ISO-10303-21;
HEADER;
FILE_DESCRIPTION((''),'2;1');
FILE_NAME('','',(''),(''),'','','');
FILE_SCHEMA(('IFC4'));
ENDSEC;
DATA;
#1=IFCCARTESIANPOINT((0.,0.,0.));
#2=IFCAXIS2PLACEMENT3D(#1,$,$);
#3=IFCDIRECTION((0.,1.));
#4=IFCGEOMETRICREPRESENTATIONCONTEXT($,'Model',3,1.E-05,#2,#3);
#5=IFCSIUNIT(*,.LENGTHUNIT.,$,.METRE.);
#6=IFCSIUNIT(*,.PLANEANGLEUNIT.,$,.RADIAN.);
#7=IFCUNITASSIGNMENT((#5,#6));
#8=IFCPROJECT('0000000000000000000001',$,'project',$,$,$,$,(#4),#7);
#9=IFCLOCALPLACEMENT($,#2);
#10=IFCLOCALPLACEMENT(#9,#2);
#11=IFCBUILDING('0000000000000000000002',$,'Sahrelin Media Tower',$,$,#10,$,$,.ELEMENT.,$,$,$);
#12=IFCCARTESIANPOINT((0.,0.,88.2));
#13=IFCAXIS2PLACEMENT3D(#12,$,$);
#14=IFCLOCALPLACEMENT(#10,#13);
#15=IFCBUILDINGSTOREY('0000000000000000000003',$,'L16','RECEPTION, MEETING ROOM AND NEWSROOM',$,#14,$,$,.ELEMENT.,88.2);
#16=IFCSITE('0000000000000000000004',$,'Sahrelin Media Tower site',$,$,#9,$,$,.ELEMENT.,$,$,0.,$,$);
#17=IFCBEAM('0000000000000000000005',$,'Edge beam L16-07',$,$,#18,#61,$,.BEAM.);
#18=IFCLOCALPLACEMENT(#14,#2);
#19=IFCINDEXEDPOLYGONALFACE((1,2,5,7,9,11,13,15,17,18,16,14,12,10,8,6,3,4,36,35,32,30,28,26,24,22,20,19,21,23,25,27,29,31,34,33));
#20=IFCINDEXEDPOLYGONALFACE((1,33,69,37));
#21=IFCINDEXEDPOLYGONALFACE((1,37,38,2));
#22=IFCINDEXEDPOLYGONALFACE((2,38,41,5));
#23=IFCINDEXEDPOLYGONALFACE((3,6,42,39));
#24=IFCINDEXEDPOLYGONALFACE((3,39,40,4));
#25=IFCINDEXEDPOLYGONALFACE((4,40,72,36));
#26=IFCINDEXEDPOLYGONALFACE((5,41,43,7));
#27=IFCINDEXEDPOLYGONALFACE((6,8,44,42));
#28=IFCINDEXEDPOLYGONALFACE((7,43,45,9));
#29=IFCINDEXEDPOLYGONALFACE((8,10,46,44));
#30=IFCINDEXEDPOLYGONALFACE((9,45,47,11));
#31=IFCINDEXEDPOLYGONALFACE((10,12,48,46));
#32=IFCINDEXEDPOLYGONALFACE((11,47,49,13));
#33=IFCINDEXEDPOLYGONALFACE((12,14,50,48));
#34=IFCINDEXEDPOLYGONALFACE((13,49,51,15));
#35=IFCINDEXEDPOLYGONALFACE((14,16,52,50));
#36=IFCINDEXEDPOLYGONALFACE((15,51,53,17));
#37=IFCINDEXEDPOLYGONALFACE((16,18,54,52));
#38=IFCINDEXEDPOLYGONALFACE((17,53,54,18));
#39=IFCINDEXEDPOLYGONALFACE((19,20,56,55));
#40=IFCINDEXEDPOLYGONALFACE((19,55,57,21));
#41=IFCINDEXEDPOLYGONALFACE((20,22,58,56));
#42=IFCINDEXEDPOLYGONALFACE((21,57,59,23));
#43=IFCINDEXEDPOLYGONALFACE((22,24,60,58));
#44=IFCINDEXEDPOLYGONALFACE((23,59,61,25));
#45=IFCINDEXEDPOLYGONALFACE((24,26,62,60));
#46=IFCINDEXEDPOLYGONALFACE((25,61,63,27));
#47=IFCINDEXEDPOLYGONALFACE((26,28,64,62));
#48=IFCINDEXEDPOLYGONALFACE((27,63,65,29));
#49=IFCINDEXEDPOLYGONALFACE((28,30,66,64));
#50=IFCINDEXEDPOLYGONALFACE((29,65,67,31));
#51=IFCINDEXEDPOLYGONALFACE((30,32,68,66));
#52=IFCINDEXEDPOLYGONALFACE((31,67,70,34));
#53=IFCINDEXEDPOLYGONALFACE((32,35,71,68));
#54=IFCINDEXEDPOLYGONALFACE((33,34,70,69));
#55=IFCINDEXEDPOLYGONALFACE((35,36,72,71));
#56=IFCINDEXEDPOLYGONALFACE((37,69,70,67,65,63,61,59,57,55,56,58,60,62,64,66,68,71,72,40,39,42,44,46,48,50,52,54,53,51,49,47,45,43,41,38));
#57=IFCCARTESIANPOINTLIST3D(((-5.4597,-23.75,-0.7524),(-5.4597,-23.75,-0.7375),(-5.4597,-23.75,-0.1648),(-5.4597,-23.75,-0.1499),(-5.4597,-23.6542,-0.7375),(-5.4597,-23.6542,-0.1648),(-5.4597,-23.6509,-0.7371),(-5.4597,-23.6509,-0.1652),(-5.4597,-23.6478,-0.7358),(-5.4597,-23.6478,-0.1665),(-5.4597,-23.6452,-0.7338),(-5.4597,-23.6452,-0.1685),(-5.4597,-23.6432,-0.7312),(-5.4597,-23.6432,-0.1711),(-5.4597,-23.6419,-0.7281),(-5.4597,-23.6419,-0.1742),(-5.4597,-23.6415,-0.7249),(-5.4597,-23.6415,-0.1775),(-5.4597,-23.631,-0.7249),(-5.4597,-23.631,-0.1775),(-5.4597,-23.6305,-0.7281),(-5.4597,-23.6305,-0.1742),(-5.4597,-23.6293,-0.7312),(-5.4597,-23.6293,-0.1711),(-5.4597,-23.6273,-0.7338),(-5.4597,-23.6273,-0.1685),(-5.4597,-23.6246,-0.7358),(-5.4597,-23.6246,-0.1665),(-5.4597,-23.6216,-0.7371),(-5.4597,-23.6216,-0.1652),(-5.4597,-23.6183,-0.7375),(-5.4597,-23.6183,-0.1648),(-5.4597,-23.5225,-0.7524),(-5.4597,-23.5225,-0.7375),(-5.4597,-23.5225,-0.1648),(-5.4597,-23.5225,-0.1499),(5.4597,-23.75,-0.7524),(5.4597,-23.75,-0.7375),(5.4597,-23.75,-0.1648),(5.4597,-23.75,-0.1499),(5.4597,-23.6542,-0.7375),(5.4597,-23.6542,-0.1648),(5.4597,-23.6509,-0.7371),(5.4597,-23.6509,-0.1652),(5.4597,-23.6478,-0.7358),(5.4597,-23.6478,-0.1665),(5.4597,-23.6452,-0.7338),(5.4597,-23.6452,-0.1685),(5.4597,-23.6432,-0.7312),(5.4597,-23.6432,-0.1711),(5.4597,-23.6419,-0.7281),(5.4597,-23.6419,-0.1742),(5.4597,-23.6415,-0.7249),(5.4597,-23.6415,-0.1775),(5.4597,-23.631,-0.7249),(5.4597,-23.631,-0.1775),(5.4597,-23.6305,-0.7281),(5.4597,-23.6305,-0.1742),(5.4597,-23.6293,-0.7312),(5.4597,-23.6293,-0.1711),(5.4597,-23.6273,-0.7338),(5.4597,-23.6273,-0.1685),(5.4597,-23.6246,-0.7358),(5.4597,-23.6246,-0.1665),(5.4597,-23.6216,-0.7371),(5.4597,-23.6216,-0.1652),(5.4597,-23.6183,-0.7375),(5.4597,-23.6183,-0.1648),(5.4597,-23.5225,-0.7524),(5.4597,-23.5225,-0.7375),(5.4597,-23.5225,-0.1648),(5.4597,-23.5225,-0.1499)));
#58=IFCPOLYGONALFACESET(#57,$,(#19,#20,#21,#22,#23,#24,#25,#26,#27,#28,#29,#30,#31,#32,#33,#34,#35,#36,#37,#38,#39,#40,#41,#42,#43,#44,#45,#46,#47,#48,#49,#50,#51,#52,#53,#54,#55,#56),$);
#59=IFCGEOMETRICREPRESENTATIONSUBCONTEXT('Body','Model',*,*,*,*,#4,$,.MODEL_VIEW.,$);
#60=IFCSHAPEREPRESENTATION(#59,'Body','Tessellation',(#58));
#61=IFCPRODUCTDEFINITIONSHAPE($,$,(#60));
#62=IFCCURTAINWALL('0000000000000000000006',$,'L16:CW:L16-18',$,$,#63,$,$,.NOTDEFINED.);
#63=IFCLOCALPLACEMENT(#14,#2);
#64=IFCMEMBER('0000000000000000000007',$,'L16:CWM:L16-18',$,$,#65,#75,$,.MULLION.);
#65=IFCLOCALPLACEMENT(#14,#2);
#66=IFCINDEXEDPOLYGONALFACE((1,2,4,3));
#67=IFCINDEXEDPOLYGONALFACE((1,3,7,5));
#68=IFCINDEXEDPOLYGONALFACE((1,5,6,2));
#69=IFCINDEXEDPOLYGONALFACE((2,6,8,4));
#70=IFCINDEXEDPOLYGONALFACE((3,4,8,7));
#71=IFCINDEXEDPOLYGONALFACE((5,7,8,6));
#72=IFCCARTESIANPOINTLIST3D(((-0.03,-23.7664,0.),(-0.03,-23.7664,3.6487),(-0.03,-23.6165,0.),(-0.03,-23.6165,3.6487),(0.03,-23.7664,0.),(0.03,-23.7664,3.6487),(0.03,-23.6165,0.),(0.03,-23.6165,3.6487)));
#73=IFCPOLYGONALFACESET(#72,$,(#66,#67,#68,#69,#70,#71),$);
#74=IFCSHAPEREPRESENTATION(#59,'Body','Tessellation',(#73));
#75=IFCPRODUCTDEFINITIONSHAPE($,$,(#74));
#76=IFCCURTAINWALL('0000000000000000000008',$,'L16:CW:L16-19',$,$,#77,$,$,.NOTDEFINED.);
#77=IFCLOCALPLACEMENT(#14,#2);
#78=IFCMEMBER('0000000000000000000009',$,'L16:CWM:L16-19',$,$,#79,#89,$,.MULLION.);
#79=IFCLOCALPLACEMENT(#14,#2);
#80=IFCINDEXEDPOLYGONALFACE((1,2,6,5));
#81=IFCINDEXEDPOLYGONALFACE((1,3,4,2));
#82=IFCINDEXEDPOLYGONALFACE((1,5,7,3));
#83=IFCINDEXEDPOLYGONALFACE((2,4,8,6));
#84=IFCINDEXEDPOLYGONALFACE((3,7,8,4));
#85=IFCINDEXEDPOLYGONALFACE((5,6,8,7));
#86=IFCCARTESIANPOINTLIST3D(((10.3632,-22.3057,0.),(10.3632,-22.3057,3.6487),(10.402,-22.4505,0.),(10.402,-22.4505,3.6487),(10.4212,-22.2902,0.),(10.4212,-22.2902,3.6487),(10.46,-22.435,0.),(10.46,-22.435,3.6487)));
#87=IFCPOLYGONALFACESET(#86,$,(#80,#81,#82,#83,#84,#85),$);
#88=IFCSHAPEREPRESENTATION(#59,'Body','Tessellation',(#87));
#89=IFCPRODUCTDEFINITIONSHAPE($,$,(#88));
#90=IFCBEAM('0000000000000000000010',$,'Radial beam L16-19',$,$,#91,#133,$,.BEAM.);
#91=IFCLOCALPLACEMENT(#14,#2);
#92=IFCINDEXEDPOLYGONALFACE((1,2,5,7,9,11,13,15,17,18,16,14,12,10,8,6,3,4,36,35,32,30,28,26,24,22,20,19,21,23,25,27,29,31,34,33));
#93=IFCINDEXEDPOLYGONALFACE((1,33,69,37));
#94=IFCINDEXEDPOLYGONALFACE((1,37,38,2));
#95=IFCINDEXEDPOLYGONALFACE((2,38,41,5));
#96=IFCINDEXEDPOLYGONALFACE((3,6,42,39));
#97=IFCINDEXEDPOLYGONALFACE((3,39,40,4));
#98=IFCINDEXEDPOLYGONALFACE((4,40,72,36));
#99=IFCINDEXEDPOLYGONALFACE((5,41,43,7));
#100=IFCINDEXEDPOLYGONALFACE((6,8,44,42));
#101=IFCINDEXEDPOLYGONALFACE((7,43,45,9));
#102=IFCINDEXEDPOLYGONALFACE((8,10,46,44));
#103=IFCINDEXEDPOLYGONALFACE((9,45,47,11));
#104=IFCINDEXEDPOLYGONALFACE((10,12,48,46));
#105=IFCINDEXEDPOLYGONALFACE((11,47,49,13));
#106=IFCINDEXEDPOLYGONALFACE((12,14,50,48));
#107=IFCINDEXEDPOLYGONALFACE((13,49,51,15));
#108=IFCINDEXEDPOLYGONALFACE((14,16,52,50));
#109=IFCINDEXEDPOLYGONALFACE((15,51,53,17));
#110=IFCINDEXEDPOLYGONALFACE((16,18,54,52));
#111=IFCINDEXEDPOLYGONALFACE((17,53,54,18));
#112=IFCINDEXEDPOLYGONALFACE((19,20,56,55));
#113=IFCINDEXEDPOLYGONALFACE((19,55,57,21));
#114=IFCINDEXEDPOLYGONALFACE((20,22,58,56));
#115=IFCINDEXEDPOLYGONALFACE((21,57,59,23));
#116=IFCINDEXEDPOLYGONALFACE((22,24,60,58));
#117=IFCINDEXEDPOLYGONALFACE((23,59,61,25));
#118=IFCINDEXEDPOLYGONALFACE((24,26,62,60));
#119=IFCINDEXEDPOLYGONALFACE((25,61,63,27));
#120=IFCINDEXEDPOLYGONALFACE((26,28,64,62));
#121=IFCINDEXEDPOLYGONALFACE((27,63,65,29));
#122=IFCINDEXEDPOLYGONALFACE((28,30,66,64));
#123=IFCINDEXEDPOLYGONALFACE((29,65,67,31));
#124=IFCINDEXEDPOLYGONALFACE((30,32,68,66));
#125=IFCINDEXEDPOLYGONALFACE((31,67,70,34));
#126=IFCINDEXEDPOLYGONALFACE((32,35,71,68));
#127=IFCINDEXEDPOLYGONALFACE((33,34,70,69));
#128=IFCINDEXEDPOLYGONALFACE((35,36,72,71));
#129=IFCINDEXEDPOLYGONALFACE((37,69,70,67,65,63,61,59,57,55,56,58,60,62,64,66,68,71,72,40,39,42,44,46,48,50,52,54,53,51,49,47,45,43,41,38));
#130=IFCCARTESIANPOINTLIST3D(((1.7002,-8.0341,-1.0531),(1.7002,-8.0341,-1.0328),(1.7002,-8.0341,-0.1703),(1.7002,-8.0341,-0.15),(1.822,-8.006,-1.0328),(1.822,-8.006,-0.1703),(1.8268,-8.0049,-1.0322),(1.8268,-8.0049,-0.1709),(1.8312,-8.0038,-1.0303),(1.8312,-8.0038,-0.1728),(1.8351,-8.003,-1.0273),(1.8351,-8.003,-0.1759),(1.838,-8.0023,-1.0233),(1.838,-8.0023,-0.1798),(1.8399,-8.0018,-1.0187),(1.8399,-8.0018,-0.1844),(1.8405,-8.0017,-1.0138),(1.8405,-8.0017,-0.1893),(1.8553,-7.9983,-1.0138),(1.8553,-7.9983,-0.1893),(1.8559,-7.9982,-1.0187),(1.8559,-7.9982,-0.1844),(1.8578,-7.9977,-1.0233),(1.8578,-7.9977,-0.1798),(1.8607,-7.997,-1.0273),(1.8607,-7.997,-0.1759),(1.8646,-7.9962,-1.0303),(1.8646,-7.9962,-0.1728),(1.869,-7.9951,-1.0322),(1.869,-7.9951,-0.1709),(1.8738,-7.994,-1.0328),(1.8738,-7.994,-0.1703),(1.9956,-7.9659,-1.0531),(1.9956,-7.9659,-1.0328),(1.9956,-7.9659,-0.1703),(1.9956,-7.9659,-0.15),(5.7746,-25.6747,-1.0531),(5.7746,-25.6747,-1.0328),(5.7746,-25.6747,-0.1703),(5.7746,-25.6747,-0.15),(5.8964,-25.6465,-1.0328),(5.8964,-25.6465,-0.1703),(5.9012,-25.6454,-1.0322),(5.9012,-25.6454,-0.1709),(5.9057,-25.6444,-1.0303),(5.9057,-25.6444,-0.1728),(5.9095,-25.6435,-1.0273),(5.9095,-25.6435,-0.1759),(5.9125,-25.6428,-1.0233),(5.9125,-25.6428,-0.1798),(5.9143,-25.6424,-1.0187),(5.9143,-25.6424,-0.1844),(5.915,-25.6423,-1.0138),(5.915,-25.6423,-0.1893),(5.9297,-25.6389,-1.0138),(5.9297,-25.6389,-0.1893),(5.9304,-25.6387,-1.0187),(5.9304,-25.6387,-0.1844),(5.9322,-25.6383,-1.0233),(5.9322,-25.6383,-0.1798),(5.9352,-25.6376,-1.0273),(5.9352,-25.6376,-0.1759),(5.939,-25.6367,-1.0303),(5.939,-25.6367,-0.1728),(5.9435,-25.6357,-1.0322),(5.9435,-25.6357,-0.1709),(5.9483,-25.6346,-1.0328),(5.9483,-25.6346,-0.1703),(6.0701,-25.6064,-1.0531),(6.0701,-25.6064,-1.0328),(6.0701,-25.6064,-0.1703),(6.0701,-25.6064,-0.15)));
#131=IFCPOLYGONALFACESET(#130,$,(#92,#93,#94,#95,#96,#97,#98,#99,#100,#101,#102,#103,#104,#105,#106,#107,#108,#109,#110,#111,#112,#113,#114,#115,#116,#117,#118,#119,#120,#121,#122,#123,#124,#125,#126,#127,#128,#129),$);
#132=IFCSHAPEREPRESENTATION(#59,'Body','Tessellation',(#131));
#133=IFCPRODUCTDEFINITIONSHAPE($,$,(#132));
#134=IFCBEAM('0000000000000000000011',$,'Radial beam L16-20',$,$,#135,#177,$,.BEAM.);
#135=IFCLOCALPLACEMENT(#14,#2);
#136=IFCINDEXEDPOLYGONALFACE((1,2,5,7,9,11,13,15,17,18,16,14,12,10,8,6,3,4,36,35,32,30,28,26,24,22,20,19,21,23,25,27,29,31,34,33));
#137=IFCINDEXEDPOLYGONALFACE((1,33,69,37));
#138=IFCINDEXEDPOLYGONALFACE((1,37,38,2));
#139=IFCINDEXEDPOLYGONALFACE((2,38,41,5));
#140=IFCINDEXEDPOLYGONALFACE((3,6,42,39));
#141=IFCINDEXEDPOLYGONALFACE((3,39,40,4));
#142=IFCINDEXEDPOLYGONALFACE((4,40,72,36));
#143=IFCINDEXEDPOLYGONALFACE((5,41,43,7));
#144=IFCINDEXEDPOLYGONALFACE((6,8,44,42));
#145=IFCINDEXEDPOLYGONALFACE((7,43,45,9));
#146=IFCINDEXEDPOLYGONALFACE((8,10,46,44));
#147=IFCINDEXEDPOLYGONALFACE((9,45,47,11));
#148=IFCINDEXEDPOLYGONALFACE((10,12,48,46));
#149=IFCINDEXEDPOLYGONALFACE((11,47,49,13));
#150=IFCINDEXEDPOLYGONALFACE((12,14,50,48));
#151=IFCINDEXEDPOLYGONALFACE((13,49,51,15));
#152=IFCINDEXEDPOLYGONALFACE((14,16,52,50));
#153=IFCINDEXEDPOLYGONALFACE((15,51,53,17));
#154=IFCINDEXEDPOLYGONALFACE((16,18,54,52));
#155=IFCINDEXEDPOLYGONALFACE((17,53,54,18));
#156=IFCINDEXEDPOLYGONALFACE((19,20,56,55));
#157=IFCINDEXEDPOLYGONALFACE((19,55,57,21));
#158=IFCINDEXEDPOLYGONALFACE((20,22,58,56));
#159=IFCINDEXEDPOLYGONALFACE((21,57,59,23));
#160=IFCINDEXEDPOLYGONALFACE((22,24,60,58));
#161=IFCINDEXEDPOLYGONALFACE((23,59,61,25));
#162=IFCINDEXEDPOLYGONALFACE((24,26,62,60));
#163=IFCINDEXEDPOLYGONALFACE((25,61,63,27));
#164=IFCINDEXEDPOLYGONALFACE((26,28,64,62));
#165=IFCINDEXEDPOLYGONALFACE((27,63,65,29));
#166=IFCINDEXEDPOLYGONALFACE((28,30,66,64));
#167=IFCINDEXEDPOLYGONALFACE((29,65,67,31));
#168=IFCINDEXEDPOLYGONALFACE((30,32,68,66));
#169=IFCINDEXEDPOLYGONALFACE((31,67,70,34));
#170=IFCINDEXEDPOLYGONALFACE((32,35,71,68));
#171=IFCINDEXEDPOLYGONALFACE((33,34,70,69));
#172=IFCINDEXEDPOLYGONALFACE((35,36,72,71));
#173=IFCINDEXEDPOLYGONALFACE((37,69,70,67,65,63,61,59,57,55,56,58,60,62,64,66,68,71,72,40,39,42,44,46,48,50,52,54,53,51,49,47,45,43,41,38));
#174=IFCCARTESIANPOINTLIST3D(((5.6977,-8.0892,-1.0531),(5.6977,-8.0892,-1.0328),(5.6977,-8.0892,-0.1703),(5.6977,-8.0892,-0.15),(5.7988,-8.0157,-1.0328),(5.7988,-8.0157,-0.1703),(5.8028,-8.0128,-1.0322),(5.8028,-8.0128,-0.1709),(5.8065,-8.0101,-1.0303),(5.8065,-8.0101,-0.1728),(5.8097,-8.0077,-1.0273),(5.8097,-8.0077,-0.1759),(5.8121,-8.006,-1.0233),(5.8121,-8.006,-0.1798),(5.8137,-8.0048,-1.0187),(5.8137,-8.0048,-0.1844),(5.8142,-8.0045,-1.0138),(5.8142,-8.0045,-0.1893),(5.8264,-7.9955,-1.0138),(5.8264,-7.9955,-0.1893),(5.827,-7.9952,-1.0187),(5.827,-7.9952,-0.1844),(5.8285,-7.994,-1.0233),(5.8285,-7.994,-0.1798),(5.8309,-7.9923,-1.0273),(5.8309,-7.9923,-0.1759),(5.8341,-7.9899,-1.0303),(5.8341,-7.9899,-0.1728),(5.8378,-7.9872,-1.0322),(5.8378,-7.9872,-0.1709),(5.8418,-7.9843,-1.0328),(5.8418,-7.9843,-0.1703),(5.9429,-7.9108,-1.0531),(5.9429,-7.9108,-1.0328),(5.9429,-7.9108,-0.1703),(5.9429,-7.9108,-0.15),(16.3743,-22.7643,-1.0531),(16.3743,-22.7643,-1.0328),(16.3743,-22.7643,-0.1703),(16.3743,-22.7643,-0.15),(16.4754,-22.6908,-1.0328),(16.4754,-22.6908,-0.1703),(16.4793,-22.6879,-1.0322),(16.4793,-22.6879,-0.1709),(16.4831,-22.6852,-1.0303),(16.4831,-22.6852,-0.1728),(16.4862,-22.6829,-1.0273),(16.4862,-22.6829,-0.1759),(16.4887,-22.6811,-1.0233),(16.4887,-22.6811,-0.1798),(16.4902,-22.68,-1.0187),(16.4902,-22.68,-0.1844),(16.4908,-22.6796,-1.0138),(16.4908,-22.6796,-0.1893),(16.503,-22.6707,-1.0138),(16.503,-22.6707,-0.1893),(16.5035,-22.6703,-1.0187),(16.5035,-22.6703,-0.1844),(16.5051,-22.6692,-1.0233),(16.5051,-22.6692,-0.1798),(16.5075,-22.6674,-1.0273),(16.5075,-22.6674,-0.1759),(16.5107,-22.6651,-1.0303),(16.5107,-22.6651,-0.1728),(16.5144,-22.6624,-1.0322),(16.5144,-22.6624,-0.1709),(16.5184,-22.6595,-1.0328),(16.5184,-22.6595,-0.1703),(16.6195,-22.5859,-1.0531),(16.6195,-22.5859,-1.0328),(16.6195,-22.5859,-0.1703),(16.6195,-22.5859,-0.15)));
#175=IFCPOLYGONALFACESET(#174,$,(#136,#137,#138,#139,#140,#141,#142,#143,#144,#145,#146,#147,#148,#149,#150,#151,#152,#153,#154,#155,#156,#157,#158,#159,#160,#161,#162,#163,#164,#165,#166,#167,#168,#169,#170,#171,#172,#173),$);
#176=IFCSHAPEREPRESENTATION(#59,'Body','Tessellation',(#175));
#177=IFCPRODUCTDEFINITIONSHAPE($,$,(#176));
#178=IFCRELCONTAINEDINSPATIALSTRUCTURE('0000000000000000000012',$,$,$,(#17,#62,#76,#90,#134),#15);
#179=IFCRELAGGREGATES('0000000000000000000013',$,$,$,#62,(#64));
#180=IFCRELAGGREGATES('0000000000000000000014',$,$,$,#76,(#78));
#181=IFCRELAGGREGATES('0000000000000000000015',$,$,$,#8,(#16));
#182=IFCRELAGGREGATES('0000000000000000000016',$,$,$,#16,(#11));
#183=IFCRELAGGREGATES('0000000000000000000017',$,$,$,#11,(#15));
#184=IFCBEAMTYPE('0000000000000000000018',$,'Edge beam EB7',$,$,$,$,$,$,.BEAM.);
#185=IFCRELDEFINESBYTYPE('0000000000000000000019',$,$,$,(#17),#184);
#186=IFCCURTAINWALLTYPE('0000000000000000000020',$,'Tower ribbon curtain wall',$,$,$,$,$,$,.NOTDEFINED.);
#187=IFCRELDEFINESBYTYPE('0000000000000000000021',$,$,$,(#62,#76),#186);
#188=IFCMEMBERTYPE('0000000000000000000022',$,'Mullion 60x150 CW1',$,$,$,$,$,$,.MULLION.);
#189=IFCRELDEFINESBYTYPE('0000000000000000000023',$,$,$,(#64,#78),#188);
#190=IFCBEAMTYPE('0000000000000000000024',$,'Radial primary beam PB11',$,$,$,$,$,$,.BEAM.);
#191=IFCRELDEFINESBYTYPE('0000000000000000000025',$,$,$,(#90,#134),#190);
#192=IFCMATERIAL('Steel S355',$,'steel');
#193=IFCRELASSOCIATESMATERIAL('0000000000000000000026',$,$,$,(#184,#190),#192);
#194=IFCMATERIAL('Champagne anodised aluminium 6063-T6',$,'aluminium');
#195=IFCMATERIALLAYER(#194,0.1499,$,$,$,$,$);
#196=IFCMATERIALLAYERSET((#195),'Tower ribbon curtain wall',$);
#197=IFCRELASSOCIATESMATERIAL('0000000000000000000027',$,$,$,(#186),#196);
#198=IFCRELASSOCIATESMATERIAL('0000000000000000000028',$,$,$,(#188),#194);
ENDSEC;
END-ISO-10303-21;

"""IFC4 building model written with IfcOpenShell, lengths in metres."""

from ifc_helpers import new_model, si_unit, direction, frame, origin, origin_2d, place, context, subcontext, project, spatial, rectangle, i_section, extrude, material, layer, layer_set, material_profile, profile_set, type_object, element, aggregate, save


model = new_model("IFC4")

# Units and contexts
model_context = context("Model", 3, precision=1e-05, world=origin(), true_north=direction((0.0, 1.0)))
body_context = subcontext(model_context, "Body", "Model", "MODEL_VIEW")
ifc_project = project(units=[si_unit("LENGTHUNIT", "METRE"), si_unit("PLANEANGLEUNIT", "RADIAN")], contexts=[model_context])

# Site, building, storey
site_placement = place(None, origin())
site = spatial("IfcSite", under=ifc_project, at=site_placement, Name="Sahrelin Media Tower site", CompositionType="ELEMENT", RefElevation=0.0)
building_placement = place(site_placement, origin())
building = spatial("IfcBuilding", under=site, at=building_placement, Name="Sahrelin Media Tower", CompositionType="ELEMENT")
storey_placement = place(building_placement, frame((0.0, 0.0, 88.2)))
storey = spatial("IfcBuildingStorey", under=building, at=storey_placement, Name="L16", Description="RECEPTION, MEETING ROOM AND NEWSROOM", CompositionType="ELEMENT", Elevation=88.2)

# Beam
ifc_material_1 = material(Name="Steel S355", Category="steel")
ifc_material_profile_1 = material_profile(ifc_material_1, i_section(OverallWidth=0.2275, OverallDepth=0.6025, WebThickness=0.0105, FlangeThickness=0.0149, FilletRadius=0.0127, at=origin_2d()), Name="UB 610x229x101")
ifc_profile_set_1 = profile_set([ifc_material_profile_1], Name="Steel S355")
beam_type_1 = type_object("IfcBeamType", Name="Edge beam EB7", PredefinedType="BEAM", material=ifc_profile_set_1)
beam_1_placement = place(storey_placement, frame((5.4597, -23.6362, -0.4512), z_axis=(-1.0, 0.0, 0.0), x_axis=(0.0, -1.0, 0.0)))
element("IfcBeam", 1, at=beam_1_placement, inside=storey, type_object=beam_type_1, Name="Edge beam L16-07", PredefinedType="BEAM", context=body_context, shape_type="SweptSolid", body=[
    extrude(i_section(OverallWidth=0.2275, OverallDepth=0.6025, WebThickness=0.0105, FlangeThickness=0.0149, FilletRadius=0.0127, at=origin_2d()), origin(), (0.0, 0.0, 1.0), 10.9194),
])

# Curtain walls, members
ifc_material_2 = material(Name="Champagne anodised aluminium 6063-T6", Category="aluminium")
ifc_layer_1 = layer(ifc_material_2, 0.1499)
ifc_layer_set_1 = layer_set([ifc_layer_1], Name="Tower ribbon curtain wall")
curtain_wall_type = type_object("IfcCurtainWallType", Name="Tower ribbon curtain wall", PredefinedType="NOTDEFINED", material=ifc_layer_set_1)
curtain_wall_1_placement = place(storey_placement, frame((0.0, -23.7864, 0.0), z_axis=(0.0, 0.0, 1.0), x_axis=(1.0, 0.0, 0.0)))
curtain_wall_1 = element("IfcCurtainWall", 2, at=curtain_wall_1_placement, inside=storey, type_object=curtain_wall_type, Name="L16:CW:L16-18", PredefinedType="NOTDEFINED")
ifc_material_profile_2 = material_profile(ifc_material_2, rectangle(XDim=0.0601, YDim=0.1499, at=origin_2d()), Name="Mullion 60x150")
ifc_profile_set_2 = profile_set([ifc_material_profile_2], Name="Champagne anodised aluminium 6063-T6")
member_type_1 = type_object("IfcMemberType", Name="Mullion 60x150 CW1", PredefinedType="MULLION", material=ifc_profile_set_2)
member_1_placement = place(storey_placement, frame((0.0, -23.6914, 0.0), z_axis=(0.0, 0.0, 1.0), x_axis=(1.0, 0.0, 0.0)))
member_1 = element("IfcMember", 3, at=member_1_placement, type_object=member_type_1, Name="L16:CWM:L16-18", PredefinedType="MULLION", context=body_context, shape_type="SweptSolid", body=[
    extrude(rectangle(XDim=0.0601, YDim=0.1499, at=origin_2d()), origin(), (0.0, 0.0, 1.0), 3.6487),
])
aggregate(curtain_wall_1, [member_1])
curtain_wall_2_placement = place(storey_placement, frame((10.4363, -22.4622, 0.0), z_axis=(0.0, 0.0, 1.0), x_axis=(1.0, 0.0, 0.0)))
curtain_wall_2 = element("IfcCurtainWall", 4, at=curtain_wall_2_placement, inside=storey, type_object=curtain_wall_type, Name="L16:CW:L16-19", PredefinedType="NOTDEFINED")
member_2_placement = place(storey_placement, frame((10.4116, -22.3704, 0.0), z_axis=(0.0, 0.0, 1.0), x_axis=(0.965926, 0.258817, 0.0)))
member_2 = element("IfcMember", 5, at=member_2_placement, type_object=member_type_1, Name="L16:CWM:L16-19", PredefinedType="MULLION", context=body_context, shape_type="SweptSolid", body=[
    extrude(rectangle(XDim=0.0601, YDim=0.1499, at=origin_2d()), origin(), (0.0, 0.0, 1.0), 3.6487),
])

# Beams
ifc_material_profile_3 = material_profile(ifc_material_1, i_section(OverallWidth=0.3032, OverallDepth=0.9031, WebThickness=0.0151, FlangeThickness=0.0203, FilletRadius=0.019, at=origin_2d()), Name="UB 914x305x201")
ifc_profile_set_3 = profile_set([ifc_material_profile_3], Name="Steel S355")
beam_type_2 = type_object("IfcBeamType", Name="Radial primary beam PB11", PredefinedType="BEAM", material=ifc_profile_set_3)
beam_2_placement = place(storey_placement, frame((1.8479, -8.0, -0.6016), z_axis=(0.225046, -0.974348, 0.0), x_axis=(0.974348, 0.225046, 0.0)))
element("IfcBeam", 6, at=beam_2_placement, inside=storey, type_object=beam_type_2, Name="Radial beam L16-19", PredefinedType="BEAM", context=body_context, shape_type="SweptSolid", body=[
    extrude(i_section(OverallWidth=0.3032, OverallDepth=0.9031, WebThickness=0.0151, FlangeThickness=0.0203, FilletRadius=0.019, at=origin_2d()), origin(), (0.0, 0.0, 1.0), 18.105),
])
beam_3_placement = place(storey_placement, frame((5.8203, -8.0, -0.6016), z_axis=(0.588307, -0.808638, 0.0), x_axis=(0.808638, 0.588307, 0.0)))
element("IfcBeam", 7, at=beam_3_placement, inside=storey, type_object=beam_type_2, Name="Radial beam L16-20", PredefinedType="BEAM", context=body_context, shape_type="SweptSolid", body=[
    extrude(i_section(OverallWidth=0.3032, OverallDepth=0.9031, WebThickness=0.0151, FlangeThickness=0.0203, FilletRadius=0.019, at=origin_2d()), origin(), (0.0, 0.0, 1.0), 18.1479),
])

aggregate(curtain_wall_2, [member_2])

save(model, "model.ifc")
